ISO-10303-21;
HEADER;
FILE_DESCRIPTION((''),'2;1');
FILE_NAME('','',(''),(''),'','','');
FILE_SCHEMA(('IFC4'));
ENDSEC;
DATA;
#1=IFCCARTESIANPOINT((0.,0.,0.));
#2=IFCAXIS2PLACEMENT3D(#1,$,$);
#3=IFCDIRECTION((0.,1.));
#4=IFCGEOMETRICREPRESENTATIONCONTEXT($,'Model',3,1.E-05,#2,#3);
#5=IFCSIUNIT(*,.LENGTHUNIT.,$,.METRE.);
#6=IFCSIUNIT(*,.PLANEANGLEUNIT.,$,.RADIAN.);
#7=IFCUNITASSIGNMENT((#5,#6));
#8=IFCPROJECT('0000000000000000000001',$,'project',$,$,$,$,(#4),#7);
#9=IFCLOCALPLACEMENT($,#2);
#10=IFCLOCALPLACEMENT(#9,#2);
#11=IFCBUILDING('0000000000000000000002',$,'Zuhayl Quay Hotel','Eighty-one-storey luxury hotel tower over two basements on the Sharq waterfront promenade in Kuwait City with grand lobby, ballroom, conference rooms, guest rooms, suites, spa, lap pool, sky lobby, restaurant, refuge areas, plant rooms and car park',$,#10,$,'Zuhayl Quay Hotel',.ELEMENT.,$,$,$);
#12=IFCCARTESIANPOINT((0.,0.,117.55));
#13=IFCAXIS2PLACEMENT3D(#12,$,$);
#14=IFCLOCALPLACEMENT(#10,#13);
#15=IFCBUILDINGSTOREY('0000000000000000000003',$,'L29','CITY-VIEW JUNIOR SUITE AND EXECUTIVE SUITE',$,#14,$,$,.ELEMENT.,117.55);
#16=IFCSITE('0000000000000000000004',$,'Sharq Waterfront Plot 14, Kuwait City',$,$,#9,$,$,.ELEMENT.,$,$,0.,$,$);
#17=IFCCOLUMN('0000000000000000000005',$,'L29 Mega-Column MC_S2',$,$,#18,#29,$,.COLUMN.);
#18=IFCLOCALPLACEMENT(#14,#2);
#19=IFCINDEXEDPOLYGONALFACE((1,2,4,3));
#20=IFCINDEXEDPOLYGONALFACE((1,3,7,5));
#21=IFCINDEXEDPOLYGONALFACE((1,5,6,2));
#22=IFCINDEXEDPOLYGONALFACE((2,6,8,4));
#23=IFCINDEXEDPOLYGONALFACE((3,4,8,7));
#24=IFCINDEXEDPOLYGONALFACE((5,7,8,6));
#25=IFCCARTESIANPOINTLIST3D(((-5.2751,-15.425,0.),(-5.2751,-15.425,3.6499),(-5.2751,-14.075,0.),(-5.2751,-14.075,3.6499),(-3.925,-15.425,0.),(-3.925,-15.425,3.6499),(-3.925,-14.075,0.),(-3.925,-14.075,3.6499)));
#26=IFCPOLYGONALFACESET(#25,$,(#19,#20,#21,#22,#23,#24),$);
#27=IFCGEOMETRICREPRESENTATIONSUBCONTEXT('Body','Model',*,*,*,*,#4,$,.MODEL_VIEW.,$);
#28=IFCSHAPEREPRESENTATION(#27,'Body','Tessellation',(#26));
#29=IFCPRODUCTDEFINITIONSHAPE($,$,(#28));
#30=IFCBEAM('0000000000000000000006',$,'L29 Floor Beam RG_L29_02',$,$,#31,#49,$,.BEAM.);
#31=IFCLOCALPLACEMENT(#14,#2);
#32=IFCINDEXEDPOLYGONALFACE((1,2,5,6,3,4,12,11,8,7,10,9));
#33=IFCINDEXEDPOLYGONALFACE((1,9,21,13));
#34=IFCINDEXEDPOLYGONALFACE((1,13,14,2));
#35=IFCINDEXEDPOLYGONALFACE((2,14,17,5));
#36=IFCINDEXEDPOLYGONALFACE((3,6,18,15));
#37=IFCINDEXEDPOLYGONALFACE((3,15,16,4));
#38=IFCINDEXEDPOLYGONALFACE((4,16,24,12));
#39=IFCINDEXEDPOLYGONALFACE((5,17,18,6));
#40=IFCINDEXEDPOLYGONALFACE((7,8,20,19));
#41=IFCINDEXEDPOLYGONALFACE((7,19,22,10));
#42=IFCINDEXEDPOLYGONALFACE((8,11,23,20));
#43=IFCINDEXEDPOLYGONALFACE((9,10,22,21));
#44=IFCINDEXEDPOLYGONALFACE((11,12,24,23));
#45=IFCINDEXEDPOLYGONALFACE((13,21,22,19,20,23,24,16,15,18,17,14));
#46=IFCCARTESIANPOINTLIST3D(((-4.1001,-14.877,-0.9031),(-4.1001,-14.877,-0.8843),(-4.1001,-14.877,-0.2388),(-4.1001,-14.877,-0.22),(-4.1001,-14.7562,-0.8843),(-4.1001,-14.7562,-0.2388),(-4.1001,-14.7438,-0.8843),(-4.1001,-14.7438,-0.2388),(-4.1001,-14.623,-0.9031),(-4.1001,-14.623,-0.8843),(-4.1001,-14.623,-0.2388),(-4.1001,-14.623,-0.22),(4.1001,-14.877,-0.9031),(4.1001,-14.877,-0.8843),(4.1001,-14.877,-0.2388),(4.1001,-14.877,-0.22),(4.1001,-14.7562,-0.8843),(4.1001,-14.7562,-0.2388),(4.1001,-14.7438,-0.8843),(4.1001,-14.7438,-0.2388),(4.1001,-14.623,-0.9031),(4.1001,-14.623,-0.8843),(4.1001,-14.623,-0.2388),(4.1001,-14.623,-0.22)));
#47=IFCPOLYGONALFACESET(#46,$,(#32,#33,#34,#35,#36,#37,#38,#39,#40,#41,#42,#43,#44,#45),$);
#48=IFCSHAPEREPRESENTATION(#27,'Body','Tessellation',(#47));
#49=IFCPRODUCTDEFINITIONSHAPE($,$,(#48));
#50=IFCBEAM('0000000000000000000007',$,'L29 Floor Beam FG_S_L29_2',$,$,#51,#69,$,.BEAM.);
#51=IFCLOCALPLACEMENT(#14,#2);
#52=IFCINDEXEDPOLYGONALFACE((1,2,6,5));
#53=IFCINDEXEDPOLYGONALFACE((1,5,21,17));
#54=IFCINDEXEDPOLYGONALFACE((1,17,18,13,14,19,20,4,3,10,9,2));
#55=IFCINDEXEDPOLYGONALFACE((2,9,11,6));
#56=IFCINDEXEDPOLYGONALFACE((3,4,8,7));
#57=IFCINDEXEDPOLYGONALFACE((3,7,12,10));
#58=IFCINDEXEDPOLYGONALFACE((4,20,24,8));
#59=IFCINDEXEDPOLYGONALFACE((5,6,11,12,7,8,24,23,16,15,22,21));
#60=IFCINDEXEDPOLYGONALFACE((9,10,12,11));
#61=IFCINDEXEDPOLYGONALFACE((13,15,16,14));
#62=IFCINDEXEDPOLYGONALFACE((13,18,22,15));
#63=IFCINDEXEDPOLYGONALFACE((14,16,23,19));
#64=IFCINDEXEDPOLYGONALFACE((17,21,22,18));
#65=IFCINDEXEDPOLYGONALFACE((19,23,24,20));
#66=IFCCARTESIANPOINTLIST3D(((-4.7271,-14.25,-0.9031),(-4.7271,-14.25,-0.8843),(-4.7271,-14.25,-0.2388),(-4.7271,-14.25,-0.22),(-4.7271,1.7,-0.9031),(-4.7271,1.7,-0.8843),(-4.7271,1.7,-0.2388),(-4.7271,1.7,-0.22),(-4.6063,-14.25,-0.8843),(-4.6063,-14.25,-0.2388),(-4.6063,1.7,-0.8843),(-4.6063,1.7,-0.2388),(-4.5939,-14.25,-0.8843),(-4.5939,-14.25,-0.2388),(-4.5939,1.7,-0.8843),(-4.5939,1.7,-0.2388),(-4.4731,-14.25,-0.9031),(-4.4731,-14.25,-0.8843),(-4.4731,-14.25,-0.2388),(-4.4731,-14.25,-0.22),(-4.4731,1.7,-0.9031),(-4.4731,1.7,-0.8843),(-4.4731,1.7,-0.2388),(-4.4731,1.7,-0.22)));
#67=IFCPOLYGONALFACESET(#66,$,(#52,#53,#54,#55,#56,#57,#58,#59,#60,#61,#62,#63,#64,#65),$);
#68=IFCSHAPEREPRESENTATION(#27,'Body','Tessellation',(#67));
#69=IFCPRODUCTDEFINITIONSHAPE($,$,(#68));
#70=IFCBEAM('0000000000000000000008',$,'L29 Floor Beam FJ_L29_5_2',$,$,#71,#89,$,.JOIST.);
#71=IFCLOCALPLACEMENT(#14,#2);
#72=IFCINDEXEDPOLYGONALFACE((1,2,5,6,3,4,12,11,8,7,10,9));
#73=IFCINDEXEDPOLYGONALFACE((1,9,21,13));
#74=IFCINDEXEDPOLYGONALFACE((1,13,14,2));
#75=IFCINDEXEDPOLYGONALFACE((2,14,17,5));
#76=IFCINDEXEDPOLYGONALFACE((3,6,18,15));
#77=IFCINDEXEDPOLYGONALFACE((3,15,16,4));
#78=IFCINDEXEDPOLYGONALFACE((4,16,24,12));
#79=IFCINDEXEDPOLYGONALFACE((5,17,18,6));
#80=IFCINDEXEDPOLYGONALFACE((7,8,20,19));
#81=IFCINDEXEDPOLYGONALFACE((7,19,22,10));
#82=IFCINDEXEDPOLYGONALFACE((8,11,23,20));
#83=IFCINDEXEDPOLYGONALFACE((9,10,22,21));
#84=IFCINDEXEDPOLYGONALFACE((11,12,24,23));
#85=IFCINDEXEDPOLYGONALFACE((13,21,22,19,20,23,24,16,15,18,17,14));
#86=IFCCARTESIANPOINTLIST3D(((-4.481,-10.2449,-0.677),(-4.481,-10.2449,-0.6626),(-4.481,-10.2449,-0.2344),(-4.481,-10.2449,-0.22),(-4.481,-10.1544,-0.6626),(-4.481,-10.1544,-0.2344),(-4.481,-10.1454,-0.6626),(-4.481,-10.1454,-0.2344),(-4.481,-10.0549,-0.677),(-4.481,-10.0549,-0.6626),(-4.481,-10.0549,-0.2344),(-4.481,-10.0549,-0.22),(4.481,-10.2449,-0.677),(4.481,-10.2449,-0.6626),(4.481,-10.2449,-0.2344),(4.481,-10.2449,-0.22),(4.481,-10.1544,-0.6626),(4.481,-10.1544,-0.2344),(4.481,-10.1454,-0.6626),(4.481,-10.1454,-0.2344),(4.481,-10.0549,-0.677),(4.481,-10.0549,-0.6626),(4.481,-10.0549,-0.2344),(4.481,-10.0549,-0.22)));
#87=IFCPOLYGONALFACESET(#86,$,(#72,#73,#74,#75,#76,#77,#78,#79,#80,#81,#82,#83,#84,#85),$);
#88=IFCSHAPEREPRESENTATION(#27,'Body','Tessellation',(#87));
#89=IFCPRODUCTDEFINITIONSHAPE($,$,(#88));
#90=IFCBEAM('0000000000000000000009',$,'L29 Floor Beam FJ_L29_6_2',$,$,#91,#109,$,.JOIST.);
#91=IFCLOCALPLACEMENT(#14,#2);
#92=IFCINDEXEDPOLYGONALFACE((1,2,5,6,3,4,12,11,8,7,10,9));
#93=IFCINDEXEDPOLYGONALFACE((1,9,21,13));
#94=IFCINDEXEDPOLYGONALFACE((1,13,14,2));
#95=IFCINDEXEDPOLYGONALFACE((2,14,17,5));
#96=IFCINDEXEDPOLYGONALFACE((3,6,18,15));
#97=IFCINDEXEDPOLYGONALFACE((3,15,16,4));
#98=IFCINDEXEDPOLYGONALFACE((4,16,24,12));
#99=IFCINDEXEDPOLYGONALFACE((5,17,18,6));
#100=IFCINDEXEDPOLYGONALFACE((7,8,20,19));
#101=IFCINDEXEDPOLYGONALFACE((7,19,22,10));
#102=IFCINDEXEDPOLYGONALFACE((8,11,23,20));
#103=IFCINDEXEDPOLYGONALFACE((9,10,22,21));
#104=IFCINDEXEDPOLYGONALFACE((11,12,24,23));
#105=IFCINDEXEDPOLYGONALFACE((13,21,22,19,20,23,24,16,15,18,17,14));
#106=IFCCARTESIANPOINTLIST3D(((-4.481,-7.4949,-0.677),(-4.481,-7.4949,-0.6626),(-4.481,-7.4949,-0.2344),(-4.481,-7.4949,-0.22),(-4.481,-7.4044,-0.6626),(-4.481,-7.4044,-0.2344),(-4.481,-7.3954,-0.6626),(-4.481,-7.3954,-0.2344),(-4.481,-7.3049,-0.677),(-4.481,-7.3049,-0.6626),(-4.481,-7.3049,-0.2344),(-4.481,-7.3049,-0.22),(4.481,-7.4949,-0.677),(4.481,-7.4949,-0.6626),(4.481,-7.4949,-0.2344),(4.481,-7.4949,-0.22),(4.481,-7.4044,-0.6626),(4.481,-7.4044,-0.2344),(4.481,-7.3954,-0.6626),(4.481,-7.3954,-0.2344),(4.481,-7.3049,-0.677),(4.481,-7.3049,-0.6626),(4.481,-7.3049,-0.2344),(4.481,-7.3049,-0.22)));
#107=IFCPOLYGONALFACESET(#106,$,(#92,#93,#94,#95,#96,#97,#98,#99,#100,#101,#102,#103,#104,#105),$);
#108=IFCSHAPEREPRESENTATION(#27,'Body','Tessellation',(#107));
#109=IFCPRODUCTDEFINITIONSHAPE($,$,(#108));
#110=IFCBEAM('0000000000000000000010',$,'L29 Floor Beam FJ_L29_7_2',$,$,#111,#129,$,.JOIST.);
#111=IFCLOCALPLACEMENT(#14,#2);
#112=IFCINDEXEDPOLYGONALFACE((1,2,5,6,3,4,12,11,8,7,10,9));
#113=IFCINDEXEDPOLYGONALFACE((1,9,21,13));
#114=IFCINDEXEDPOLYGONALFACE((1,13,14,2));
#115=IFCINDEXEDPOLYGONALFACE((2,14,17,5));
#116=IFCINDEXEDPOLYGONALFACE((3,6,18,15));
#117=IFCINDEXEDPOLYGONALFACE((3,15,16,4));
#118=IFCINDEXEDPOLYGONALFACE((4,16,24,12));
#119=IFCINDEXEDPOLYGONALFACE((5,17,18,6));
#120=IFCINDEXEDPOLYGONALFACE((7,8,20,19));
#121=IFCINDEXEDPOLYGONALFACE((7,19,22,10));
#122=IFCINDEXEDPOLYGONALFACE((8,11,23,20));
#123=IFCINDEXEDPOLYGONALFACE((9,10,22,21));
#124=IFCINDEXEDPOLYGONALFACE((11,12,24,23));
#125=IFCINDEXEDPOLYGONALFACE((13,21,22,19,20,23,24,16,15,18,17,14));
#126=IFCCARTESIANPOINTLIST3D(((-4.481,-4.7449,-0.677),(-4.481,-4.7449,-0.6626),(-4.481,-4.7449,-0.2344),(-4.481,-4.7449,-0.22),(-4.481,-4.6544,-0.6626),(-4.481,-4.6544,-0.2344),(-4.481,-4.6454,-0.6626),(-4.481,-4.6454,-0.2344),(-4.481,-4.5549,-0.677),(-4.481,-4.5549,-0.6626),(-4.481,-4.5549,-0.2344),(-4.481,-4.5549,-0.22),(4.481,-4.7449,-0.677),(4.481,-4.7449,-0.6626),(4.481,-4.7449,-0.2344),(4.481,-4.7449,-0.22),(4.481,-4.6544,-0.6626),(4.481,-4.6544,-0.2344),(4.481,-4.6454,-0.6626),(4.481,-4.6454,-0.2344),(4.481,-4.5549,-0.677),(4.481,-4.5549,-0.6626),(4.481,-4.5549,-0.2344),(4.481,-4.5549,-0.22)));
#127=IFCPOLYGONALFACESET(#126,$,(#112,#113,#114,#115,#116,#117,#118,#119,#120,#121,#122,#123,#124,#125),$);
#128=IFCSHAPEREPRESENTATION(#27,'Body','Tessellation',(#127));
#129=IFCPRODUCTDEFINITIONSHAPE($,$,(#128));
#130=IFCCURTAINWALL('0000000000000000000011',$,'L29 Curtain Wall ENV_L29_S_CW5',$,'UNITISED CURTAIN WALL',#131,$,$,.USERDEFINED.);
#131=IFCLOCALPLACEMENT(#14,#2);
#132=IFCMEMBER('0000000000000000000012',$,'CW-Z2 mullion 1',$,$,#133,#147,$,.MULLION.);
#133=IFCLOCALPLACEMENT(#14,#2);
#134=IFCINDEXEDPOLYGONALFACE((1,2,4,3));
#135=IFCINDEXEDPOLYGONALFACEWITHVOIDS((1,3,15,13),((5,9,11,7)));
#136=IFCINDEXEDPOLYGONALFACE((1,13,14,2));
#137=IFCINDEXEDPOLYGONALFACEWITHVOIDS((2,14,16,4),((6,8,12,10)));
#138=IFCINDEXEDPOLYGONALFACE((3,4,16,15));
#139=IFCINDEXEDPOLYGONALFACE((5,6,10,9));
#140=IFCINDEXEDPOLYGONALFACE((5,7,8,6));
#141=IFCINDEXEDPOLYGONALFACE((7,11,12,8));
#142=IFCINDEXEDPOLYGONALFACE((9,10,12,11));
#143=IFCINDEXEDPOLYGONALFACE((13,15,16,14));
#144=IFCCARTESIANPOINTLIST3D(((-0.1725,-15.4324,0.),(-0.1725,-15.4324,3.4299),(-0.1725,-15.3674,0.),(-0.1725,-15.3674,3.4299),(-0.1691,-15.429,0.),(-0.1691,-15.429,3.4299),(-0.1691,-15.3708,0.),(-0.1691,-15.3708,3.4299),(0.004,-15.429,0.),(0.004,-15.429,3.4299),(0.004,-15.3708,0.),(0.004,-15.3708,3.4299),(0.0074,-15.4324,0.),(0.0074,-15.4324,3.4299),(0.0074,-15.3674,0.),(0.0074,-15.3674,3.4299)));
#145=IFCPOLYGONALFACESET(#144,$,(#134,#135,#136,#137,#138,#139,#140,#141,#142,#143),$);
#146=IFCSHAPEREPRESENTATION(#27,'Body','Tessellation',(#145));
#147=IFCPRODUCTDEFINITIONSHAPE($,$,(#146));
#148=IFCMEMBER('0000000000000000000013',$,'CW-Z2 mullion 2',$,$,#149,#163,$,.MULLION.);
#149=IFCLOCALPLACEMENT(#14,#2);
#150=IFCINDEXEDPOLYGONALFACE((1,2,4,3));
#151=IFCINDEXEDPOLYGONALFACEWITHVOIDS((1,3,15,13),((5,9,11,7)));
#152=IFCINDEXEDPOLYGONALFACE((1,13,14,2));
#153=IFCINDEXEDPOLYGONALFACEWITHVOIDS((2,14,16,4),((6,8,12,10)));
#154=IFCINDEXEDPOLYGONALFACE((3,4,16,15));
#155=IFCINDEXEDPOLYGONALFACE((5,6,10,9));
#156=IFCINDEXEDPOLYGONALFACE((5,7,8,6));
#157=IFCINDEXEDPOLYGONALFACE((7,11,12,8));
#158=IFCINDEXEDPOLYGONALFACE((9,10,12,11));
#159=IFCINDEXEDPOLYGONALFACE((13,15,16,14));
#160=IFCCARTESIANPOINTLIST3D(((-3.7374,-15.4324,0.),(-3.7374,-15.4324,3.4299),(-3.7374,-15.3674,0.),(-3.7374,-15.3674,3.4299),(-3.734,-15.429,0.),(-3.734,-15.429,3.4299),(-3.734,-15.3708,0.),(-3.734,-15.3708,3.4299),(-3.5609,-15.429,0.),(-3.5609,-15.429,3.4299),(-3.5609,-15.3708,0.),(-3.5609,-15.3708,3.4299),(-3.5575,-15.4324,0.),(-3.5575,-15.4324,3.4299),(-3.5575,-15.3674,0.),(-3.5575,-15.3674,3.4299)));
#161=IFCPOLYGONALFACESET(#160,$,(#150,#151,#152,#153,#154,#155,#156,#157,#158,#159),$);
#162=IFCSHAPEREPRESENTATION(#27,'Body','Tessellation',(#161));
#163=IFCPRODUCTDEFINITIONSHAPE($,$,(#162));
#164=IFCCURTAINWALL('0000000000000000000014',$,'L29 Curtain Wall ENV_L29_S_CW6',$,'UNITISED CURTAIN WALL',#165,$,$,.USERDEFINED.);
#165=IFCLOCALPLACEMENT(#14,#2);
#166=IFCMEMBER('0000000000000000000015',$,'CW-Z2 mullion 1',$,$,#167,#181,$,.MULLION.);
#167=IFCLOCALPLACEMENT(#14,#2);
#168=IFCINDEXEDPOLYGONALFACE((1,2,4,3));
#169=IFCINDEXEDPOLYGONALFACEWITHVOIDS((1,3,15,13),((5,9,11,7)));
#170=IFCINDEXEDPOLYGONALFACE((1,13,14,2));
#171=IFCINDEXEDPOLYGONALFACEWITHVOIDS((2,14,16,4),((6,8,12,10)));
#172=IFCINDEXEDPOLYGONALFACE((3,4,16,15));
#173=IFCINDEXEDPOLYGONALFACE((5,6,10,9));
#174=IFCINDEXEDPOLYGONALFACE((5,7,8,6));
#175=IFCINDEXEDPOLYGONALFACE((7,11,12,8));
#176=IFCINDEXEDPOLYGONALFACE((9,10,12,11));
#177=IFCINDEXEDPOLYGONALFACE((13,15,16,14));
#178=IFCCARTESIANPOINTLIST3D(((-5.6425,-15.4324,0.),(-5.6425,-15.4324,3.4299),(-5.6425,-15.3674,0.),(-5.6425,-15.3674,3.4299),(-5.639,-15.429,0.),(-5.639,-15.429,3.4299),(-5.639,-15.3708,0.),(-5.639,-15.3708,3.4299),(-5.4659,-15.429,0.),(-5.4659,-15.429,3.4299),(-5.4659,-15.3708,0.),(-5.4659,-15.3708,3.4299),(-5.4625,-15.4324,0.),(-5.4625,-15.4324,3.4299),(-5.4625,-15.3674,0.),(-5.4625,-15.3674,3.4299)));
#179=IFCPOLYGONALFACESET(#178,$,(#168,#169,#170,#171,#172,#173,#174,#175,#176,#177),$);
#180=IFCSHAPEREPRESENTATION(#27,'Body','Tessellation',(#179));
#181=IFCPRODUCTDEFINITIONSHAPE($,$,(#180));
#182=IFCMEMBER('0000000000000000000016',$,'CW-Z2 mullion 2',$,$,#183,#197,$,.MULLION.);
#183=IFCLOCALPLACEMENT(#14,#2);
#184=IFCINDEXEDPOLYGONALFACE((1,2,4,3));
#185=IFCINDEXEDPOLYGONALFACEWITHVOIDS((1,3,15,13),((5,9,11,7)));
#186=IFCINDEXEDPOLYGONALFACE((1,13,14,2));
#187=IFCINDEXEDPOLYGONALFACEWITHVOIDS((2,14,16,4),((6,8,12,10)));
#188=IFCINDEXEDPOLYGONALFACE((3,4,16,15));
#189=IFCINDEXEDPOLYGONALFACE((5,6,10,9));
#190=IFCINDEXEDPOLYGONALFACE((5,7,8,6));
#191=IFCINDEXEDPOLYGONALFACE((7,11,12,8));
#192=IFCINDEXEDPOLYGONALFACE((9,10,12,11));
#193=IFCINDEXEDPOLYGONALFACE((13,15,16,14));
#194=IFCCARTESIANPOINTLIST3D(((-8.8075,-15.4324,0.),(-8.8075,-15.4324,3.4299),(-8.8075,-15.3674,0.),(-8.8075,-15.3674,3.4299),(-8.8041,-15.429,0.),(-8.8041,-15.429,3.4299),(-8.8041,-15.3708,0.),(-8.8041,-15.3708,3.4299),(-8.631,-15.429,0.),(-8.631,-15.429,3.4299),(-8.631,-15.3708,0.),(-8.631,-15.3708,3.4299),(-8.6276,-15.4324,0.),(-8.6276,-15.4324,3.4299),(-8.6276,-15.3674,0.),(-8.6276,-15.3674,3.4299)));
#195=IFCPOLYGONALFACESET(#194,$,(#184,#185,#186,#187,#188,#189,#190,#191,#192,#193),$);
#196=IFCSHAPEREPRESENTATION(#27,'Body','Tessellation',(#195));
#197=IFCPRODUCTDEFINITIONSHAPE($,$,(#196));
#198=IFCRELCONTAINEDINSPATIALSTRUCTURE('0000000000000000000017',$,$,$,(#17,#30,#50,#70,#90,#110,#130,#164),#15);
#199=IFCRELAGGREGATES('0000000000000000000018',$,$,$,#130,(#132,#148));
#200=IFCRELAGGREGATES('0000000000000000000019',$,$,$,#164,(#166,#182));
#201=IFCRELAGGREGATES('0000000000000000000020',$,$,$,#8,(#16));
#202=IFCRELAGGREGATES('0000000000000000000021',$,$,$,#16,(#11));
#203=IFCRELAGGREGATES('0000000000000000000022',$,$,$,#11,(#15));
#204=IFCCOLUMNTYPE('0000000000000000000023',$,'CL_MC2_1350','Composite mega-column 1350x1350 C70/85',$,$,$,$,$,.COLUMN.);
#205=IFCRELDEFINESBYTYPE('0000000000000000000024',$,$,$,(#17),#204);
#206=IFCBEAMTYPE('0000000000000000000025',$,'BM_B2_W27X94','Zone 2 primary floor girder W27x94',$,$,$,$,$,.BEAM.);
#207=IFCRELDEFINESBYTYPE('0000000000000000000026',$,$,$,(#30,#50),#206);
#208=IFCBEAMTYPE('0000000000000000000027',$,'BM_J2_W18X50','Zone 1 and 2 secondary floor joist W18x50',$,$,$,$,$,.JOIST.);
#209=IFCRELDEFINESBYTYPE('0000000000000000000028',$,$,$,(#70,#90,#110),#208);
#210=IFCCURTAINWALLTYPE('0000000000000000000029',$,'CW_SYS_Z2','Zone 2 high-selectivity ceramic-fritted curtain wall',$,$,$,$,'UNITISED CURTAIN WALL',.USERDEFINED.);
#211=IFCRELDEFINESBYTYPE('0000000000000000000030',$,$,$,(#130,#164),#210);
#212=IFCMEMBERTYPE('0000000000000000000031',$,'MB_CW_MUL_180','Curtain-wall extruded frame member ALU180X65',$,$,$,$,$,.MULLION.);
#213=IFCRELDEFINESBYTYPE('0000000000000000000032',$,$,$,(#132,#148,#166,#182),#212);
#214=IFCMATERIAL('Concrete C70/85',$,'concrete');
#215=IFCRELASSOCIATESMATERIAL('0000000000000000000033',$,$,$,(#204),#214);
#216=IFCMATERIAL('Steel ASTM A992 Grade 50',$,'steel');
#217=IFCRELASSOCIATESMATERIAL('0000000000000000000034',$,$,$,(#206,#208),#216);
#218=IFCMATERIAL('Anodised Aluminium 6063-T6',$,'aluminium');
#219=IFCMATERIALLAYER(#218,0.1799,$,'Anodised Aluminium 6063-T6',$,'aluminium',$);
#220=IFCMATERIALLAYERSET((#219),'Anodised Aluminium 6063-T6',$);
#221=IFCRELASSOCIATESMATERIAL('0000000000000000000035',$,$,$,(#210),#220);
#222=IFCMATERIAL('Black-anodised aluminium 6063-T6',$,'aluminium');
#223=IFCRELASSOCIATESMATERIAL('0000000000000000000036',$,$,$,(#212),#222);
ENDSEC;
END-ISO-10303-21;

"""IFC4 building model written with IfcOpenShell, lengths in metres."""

from ifc_helpers import new_model, si_unit, direction, frame, origin, origin_2d, place, context, subcontext, project, spatial, rectangle, hollow_rectangle, i_section, extrude, material, layer, layer_set, material_profile, profile_set, type_object, element, aggregate, save


model = new_model("IFC4")

# Units and contexts
model_context = context("Model", 3, precision=1e-05, world=origin(), true_north=direction((0.0, 1.0)))
body_context = subcontext(model_context, "Body", "Model", "MODEL_VIEW")
ifc_project = project(units=[si_unit("LENGTHUNIT", "METRE"), si_unit("PLANEANGLEUNIT", "RADIAN")], contexts=[model_context])

# Site, building, storey
site_placement = place(None, origin())
site = spatial("IfcSite", under=ifc_project, at=site_placement, Name="Sharq Waterfront Plot 14, Kuwait City", CompositionType="ELEMENT", RefElevation=0.0)
building_placement = place(site_placement, origin())
building = spatial("IfcBuilding", under=site, at=building_placement, Name="Zuhayl Quay Hotel", Description="Eighty-one-storey luxury hotel tower over two basements on the Sharq waterfront promenade in Kuwait City with grand lobby, ballroom, conference rooms, guest rooms, suites, spa, lap pool, sky lobby, restaurant, refuge areas, plant rooms and car park", LongName="Zuhayl Quay Hotel", CompositionType="ELEMENT")
storey_placement = place(building_placement, frame((0.0, 0.0, 117.55)))
storey = spatial("IfcBuildingStorey", under=building, at=storey_placement, Name="L29", Description="CITY-VIEW JUNIOR SUITE AND EXECUTIVE SUITE", CompositionType="ELEMENT", Elevation=117.55)

# Column
ifc_material_1 = material(Name="Concrete C70/85", Category="concrete")
ifc_material_profile_1 = material_profile(ifc_material_1, rectangle(XDim=1.3501, YDim=1.3501, at=origin_2d()), Name="RC1350X1350")
ifc_profile_set_1 = profile_set([ifc_material_profile_1], Name="Concrete C70/85")
column_type = type_object("IfcColumnType", Name="CL_MC2_1350", Description="Composite mega-column 1350x1350 C70/85", PredefinedType="COLUMN", material=ifc_profile_set_1)
column_placement = place(storey_placement, frame((-4.6001, -14.75, 0.0), z_axis=(0.0, 0.0, 1.0), x_axis=(1.0, 0.0, 0.0)))
element("IfcColumn", 1, at=column_placement, inside=storey, type_object=column_type, Name="L29 Mega-Column MC_S2", PredefinedType="COLUMN", context=body_context, shape_type="SweptSolid", body=[
    extrude(rectangle(XDim=1.3501, YDim=1.3501, at=origin_2d()), origin(), (0.0, 0.0, 1.0), 3.6499),
])

# Beams
ifc_material_2 = material(Name="Steel ASTM A992 Grade 50", Category="steel")
ifc_material_profile_2 = material_profile(ifc_material_2, i_section(OverallWidth=0.2539, OverallDepth=0.6831, WebThickness=0.0125, FlangeThickness=0.0188, at=origin_2d()), Name="W27X94")
ifc_profile_set_2 = profile_set([ifc_material_profile_2], Name="Steel ASTM A992 Grade 50")
beam_type_1 = type_object("IfcBeamType", Name="BM_B2_W27X94", Description="Zone 2 primary floor girder W27x94", PredefinedType="BEAM", material=ifc_profile_set_2)
beam_1_placement = place(storey_placement, frame((-4.1001, -14.75, -0.5615), z_axis=(1.0, 0.0, 0.0), x_axis=(0.0, 1.0, 0.0)))
element("IfcBeam", 2, at=beam_1_placement, inside=storey, type_object=beam_type_1, Name="L29 Floor Beam RG_L29_02", PredefinedType="BEAM", context=body_context, shape_type="SweptSolid", body=[
    extrude(i_section(OverallWidth=0.2539, OverallDepth=0.6831, WebThickness=0.0125, FlangeThickness=0.0188, at=origin_2d()), origin(), (0.0, 0.0, 1.0), 8.2002),
])
beam_2_placement = place(storey_placement, frame((-4.6001, -14.25, -0.5615), z_axis=(0.0, 1.0, 0.0), x_axis=(-1.0, 0.0, 0.0)))
element("IfcBeam", 3, at=beam_2_placement, inside=storey, type_object=beam_type_1, Name="L29 Floor Beam FG_S_L29_2", PredefinedType="BEAM", context=body_context, shape_type="SweptSolid", body=[
    extrude(i_section(OverallWidth=0.2539, OverallDepth=0.6831, WebThickness=0.0125, FlangeThickness=0.0188, at=origin_2d()), origin(), (0.0, 0.0, 1.0), 15.95),
])
ifc_material_profile_3 = material_profile(ifc_material_2, i_section(OverallWidth=0.1899, OverallDepth=0.457, WebThickness=0.009, FlangeThickness=0.0144, at=origin_2d()), Name="W18X50")
ifc_profile_set_3 = profile_set([ifc_material_profile_3], Name="Steel ASTM A992 Grade 50")
beam_type_2 = type_object("IfcBeamType", Name="BM_J2_W18X50", Description="Zone 1 and 2 secondary floor joist W18x50", PredefinedType="JOIST", material=ifc_profile_set_3)
for number, where, z_axis, x_axis, name in (
    (4, (-4.481, -10.1499, -0.4485), (1.0, 0.0, 0.0), (0.0, 1.0, 0.0), "L29 Floor Beam FJ_L29_5_2"),
    (5, (-4.481, -7.3999, -0.4485), (1.0, 0.0, 0.0), (0.0, 1.0, 0.0), "L29 Floor Beam FJ_L29_6_2"),
    (6, (-4.481, -4.6499, -0.4485), (1.0, 0.0, 0.0), (0.0, 1.0, 0.0), "L29 Floor Beam FJ_L29_7_2"),
):
    element("IfcBeam", number, at=place(storey_placement, frame(where, z_axis=z_axis, x_axis=x_axis)), inside=storey, type_object=beam_type_2, Name=name, PredefinedType="JOIST", context=body_context, shape_type="SweptSolid", body=[
        extrude(i_section(OverallWidth=0.1899, OverallDepth=0.457, WebThickness=0.009, FlangeThickness=0.0144, at=origin_2d()), origin(), (0.0, 0.0, 1.0), 8.9619),
    ])

# Curtain walls, members
ifc_material_3 = material(Name="Anodised Aluminium 6063-T6", Category="aluminium")
ifc_layer_1 = layer(ifc_material_3, 0.1799, Name="Anodised Aluminium 6063-T6", Category="aluminium")
ifc_layer_set_1 = layer_set([ifc_layer_1], Name="Anodised Aluminium 6063-T6")
curtain_wall_type = type_object("IfcCurtainWallType", Name="CW_SYS_Z2", Description="Zone 2 high-selectivity ceramic-fritted curtain wall", ElementType="UNITISED CURTAIN WALL", PredefinedType="USERDEFINED", material=ifc_layer_set_1)
curtain_wall_1_placement = place(storey_placement, origin())
curtain_wall_1 = element("IfcCurtainWall", 7, at=curtain_wall_1_placement, inside=storey, type_object=curtain_wall_type, Name="L29 Curtain Wall ENV_L29_S_CW5", ObjectType="UNITISED CURTAIN WALL", PredefinedType="USERDEFINED")
ifc_material_4 = material(Name="Black-anodised aluminium 6063-T6", Category="aluminium")
ifc_material_profile_4 = material_profile(ifc_material_4, hollow_rectangle(XDim=0.0649, YDim=0.1799, WallThickness=0.0034, at=origin_2d()), Name="ALU180X65")
ifc_profile_set_4 = profile_set([ifc_material_profile_4], Name="Black-anodised aluminium 6063-T6")
member_type_1 = type_object("IfcMemberType", Name="MB_CW_MUL_180", Description="Curtain-wall extruded frame member ALU180X65", PredefinedType="MULLION", material=ifc_profile_set_4)
member_1_placement = place(storey_placement, frame((-0.0825, -15.3999, 0.0), z_axis=(0.0, 0.0, 1.0), x_axis=(0.0, -1.0, 0.0)))
member_1 = element("IfcMember", 8, at=member_1_placement, type_object=member_type_1, Name="CW-Z2 mullion 1", PredefinedType="MULLION", context=body_context, shape_type="SweptSolid", body=[
    extrude(hollow_rectangle(XDim=0.0649, YDim=0.1799, WallThickness=0.0034, at=origin_2d()), origin(), (0.0, 0.0, 1.0), 3.4299),
])
member_2_placement = place(storey_placement, frame((-3.6475, -15.3999, 0.0), z_axis=(0.0, 0.0, 1.0), x_axis=(0.0, -1.0, 0.0)))
member_2 = element("IfcMember", 9, at=member_2_placement, type_object=member_type_1, Name="CW-Z2 mullion 2", PredefinedType="MULLION", context=body_context, shape_type="SweptSolid", body=[
    extrude(hollow_rectangle(XDim=0.0649, YDim=0.1799, WallThickness=0.0034, at=origin_2d()), origin(), (0.0, 0.0, 1.0), 3.4299),
])
curtain_wall_2_placement = place(storey_placement, origin())
curtain_wall_2 = element("IfcCurtainWall", 10, at=curtain_wall_2_placement, inside=storey, type_object=curtain_wall_type, Name="L29 Curtain Wall ENV_L29_S_CW6", ObjectType="UNITISED CURTAIN WALL", PredefinedType="USERDEFINED")
member_3_placement = place(storey_placement, frame((-5.5525, -15.3999, 0.0), z_axis=(0.0, 0.0, 1.0), x_axis=(0.0, -1.0, 0.0)))
member_3 = element("IfcMember", 11, at=member_3_placement, type_object=member_type_1, Name="CW-Z2 mullion 1", PredefinedType="MULLION", context=body_context, shape_type="SweptSolid", body=[
    extrude(hollow_rectangle(XDim=0.0649, YDim=0.1799, WallThickness=0.0034, at=origin_2d()), origin(), (0.0, 0.0, 1.0), 3.4299),
])
member_4_placement = place(storey_placement, frame((-8.7175, -15.3999, 0.0), z_axis=(0.0, 0.0, 1.0), x_axis=(0.0, -1.0, 0.0)))
member_4 = element("IfcMember", 12, at=member_4_placement, type_object=member_type_1, Name="CW-Z2 mullion 2", PredefinedType="MULLION", context=body_context, shape_type="SweptSolid", body=[
    extrude(hollow_rectangle(XDim=0.0649, YDim=0.1799, WallThickness=0.0034, at=origin_2d()), origin(), (0.0, 0.0, 1.0), 3.4299),
])

aggregate(curtain_wall_1, [member_1, member_2])
aggregate(curtain_wall_2, [member_3, member_4])

save(model, "model.ifc")
